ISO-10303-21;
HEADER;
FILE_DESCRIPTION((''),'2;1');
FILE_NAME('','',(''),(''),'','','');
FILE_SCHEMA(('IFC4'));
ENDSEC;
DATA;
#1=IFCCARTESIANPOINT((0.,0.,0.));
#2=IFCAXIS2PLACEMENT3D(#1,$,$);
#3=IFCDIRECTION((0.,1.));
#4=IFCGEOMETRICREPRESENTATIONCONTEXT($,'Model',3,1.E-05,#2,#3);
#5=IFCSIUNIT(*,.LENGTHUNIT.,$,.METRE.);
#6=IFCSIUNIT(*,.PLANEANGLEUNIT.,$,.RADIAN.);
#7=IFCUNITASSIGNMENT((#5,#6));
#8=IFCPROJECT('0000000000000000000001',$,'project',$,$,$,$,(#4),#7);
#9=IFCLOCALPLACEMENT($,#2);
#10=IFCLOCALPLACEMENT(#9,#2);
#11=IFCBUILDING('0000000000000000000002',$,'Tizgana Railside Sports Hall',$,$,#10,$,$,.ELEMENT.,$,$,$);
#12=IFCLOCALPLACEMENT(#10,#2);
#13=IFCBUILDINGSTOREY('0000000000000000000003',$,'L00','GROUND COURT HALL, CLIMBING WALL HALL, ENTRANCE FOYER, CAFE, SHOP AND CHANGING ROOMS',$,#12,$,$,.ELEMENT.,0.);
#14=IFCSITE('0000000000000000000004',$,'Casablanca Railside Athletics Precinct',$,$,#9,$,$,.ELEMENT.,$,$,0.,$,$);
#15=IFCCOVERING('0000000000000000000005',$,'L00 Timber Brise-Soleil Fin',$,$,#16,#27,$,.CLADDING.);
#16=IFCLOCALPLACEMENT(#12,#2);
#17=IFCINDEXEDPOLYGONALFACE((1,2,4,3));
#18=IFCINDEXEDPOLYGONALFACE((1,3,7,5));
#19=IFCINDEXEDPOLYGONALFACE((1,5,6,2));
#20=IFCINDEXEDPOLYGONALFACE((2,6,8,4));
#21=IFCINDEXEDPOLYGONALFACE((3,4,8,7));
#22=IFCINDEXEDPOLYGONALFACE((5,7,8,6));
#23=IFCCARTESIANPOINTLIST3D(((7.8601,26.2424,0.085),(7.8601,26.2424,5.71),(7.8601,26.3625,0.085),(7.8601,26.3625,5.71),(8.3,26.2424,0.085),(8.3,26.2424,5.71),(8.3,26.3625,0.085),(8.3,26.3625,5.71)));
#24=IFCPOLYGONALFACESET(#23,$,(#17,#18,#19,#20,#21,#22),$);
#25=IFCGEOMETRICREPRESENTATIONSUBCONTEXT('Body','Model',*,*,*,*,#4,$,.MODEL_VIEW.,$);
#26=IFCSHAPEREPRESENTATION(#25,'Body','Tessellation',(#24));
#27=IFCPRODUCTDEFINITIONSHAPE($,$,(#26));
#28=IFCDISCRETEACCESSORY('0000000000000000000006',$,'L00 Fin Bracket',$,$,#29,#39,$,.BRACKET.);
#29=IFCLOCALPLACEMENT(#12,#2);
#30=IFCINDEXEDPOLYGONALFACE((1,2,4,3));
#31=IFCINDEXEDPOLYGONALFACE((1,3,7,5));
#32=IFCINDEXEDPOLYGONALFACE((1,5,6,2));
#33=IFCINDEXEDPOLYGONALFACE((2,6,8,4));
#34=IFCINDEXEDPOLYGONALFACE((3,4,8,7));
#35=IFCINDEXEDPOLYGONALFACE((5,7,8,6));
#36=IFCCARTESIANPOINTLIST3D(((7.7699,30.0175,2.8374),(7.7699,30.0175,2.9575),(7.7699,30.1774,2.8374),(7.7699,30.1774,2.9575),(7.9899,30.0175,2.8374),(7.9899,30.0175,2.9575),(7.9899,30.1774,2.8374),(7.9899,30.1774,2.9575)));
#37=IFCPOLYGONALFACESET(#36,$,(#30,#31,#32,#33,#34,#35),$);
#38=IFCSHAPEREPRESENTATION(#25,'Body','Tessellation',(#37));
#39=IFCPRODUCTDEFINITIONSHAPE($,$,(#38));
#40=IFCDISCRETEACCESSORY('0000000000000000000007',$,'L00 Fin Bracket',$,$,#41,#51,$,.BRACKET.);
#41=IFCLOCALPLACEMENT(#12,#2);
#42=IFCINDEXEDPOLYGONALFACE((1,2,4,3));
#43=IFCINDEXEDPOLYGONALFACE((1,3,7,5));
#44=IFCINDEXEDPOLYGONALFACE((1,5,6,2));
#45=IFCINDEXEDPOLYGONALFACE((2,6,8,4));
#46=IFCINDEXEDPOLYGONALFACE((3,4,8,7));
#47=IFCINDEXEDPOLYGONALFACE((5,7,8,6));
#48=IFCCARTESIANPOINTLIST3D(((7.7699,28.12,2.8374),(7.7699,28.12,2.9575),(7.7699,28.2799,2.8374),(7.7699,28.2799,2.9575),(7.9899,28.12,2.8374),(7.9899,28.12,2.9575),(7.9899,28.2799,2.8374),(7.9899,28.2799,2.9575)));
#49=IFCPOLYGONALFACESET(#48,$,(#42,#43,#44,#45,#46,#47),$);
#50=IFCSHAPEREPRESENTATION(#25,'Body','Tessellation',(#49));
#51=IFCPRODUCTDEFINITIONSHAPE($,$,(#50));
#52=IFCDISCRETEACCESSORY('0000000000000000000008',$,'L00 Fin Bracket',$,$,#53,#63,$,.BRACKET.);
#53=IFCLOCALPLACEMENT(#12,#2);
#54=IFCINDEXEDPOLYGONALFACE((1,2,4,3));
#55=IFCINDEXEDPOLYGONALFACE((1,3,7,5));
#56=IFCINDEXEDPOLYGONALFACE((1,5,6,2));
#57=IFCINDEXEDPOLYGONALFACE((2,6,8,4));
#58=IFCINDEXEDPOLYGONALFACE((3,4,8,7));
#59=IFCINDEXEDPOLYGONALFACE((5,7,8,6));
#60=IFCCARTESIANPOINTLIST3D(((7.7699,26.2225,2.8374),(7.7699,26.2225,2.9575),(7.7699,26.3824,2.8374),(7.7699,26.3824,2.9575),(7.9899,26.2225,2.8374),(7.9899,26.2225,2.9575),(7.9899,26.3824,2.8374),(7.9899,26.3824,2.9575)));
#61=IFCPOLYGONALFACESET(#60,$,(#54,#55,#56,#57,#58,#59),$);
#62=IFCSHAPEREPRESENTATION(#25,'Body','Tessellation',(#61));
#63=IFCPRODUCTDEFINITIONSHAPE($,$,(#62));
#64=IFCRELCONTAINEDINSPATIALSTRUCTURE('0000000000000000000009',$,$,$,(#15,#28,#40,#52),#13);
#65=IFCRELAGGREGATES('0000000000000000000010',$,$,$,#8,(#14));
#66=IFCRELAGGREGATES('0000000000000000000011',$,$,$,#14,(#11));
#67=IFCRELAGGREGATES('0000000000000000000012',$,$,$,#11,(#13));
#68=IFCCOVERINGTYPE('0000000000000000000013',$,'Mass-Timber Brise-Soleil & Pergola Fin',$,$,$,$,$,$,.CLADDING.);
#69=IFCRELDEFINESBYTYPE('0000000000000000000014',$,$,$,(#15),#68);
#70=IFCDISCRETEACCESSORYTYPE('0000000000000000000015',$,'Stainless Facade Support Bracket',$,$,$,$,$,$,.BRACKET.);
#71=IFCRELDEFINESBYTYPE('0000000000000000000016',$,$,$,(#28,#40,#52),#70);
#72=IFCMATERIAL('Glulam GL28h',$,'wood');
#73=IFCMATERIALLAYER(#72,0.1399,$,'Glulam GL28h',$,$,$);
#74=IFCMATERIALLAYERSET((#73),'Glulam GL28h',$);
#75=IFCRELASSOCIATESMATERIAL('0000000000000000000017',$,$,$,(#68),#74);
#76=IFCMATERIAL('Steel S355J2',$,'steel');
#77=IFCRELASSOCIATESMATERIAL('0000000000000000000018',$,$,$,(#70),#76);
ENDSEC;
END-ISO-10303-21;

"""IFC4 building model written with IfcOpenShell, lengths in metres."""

from ifc_helpers import new_model, si_unit, direction, frame, origin, origin_2d, place, context, subcontext, project, spatial, rectangle, extrude, material, layer, layer_set, type_object, element, save


model = new_model("IFC4")

# Units and contexts
model_context = context("Model", 3, precision=1e-05, world=origin(), true_north=direction((0.0, 1.0)))
body_context = subcontext(model_context, "Body", "Model", "MODEL_VIEW")
ifc_project = project(units=[si_unit("LENGTHUNIT", "METRE"), si_unit("PLANEANGLEUNIT", "RADIAN")], contexts=[model_context])

# Site, building, storey
site_placement = place(None, origin())
site = spatial("IfcSite", under=ifc_project, at=site_placement, Name="Casablanca Railside Athletics Precinct", CompositionType="ELEMENT", RefElevation=0.0)
building_placement = place(site_placement, origin())
building = spatial("IfcBuilding", under=site, at=building_placement, Name="Tizgana Railside Sports Hall", CompositionType="ELEMENT")
storey_placement = place(building_placement, origin())
storey = spatial("IfcBuildingStorey", under=building, at=storey_placement, Name="L00", Description="GROUND COURT HALL, CLIMBING WALL HALL, ENTRANCE FOYER, CAFE, SHOP AND CHANGING ROOMS", CompositionType="ELEMENT", Elevation=0.0)

# Shared definitions
ifc_material_1 = material(Name="Steel S355J2", Category="steel")

# Covering
ifc_material_2 = material(Name="Glulam GL28h", Category="wood")
ifc_layer_1 = layer(ifc_material_2, 0.1399, Name="Glulam GL28h")
ifc_layer_set_1 = layer_set([ifc_layer_1], Name="Glulam GL28h")
covering_type = type_object("IfcCoveringType", Name="Mass-Timber Brise-Soleil & Pergola Fin", PredefinedType="CLADDING", material=ifc_layer_set_1)
for number, where, z_axis, x_axis, name in (
    (1, (8.0801, 26.3025, 0.085), (0.0, 0.0, 1.0), (0.0, -1.0, 0.0), "L00 Timber Brise-Soleil Fin"),
):
    element("IfcCovering", number, at=place(storey_placement, frame(where, z_axis=z_axis, x_axis=x_axis)), inside=storey, type_object=covering_type, Name=name, PredefinedType="CLADDING", context=body_context, shape_type="SweptSolid", body=[
        extrude(rectangle(XDim=0.1201, YDim=0.4399, at=origin_2d()), origin(), (0.0, 0.0, 1.0), 5.625),
    ])

# Discrete accessories
discrete_accessory_type = type_object("IfcDiscreteAccessoryType", Name="Stainless Facade Support Bracket", PredefinedType="BRACKET", material=ifc_material_1)
for number, where, z_axis, x_axis, name in (
    (2, (7.8799, 30.0974, 2.8374), (0.0, 0.0, 1.0), (0.0, -1.0, 0.0), "L00 Fin Bracket"),
    (3, (7.8799, 28.2, 2.8374), (0.0, 0.0, 1.0), (0.0, -1.0, 0.0), "L00 Fin Bracket"),
    (4, (7.8799, 26.3025, 2.8374), (0.0, 0.0, 1.0), (0.0, -1.0, 0.0), "L00 Fin Bracket"),
):
    element("IfcDiscreteAccessory", number, at=place(storey_placement, frame(where, z_axis=z_axis, x_axis=x_axis)), inside=storey, type_object=discrete_accessory_type, Name=name, PredefinedType="BRACKET", context=body_context, shape_type="SweptSolid", body=[
        extrude(rectangle(XDim=0.1599, YDim=0.22, at=origin_2d()), origin(), (0.0, 0.0, 1.0), 0.1201),
    ])

save(model, "model.ifc")
